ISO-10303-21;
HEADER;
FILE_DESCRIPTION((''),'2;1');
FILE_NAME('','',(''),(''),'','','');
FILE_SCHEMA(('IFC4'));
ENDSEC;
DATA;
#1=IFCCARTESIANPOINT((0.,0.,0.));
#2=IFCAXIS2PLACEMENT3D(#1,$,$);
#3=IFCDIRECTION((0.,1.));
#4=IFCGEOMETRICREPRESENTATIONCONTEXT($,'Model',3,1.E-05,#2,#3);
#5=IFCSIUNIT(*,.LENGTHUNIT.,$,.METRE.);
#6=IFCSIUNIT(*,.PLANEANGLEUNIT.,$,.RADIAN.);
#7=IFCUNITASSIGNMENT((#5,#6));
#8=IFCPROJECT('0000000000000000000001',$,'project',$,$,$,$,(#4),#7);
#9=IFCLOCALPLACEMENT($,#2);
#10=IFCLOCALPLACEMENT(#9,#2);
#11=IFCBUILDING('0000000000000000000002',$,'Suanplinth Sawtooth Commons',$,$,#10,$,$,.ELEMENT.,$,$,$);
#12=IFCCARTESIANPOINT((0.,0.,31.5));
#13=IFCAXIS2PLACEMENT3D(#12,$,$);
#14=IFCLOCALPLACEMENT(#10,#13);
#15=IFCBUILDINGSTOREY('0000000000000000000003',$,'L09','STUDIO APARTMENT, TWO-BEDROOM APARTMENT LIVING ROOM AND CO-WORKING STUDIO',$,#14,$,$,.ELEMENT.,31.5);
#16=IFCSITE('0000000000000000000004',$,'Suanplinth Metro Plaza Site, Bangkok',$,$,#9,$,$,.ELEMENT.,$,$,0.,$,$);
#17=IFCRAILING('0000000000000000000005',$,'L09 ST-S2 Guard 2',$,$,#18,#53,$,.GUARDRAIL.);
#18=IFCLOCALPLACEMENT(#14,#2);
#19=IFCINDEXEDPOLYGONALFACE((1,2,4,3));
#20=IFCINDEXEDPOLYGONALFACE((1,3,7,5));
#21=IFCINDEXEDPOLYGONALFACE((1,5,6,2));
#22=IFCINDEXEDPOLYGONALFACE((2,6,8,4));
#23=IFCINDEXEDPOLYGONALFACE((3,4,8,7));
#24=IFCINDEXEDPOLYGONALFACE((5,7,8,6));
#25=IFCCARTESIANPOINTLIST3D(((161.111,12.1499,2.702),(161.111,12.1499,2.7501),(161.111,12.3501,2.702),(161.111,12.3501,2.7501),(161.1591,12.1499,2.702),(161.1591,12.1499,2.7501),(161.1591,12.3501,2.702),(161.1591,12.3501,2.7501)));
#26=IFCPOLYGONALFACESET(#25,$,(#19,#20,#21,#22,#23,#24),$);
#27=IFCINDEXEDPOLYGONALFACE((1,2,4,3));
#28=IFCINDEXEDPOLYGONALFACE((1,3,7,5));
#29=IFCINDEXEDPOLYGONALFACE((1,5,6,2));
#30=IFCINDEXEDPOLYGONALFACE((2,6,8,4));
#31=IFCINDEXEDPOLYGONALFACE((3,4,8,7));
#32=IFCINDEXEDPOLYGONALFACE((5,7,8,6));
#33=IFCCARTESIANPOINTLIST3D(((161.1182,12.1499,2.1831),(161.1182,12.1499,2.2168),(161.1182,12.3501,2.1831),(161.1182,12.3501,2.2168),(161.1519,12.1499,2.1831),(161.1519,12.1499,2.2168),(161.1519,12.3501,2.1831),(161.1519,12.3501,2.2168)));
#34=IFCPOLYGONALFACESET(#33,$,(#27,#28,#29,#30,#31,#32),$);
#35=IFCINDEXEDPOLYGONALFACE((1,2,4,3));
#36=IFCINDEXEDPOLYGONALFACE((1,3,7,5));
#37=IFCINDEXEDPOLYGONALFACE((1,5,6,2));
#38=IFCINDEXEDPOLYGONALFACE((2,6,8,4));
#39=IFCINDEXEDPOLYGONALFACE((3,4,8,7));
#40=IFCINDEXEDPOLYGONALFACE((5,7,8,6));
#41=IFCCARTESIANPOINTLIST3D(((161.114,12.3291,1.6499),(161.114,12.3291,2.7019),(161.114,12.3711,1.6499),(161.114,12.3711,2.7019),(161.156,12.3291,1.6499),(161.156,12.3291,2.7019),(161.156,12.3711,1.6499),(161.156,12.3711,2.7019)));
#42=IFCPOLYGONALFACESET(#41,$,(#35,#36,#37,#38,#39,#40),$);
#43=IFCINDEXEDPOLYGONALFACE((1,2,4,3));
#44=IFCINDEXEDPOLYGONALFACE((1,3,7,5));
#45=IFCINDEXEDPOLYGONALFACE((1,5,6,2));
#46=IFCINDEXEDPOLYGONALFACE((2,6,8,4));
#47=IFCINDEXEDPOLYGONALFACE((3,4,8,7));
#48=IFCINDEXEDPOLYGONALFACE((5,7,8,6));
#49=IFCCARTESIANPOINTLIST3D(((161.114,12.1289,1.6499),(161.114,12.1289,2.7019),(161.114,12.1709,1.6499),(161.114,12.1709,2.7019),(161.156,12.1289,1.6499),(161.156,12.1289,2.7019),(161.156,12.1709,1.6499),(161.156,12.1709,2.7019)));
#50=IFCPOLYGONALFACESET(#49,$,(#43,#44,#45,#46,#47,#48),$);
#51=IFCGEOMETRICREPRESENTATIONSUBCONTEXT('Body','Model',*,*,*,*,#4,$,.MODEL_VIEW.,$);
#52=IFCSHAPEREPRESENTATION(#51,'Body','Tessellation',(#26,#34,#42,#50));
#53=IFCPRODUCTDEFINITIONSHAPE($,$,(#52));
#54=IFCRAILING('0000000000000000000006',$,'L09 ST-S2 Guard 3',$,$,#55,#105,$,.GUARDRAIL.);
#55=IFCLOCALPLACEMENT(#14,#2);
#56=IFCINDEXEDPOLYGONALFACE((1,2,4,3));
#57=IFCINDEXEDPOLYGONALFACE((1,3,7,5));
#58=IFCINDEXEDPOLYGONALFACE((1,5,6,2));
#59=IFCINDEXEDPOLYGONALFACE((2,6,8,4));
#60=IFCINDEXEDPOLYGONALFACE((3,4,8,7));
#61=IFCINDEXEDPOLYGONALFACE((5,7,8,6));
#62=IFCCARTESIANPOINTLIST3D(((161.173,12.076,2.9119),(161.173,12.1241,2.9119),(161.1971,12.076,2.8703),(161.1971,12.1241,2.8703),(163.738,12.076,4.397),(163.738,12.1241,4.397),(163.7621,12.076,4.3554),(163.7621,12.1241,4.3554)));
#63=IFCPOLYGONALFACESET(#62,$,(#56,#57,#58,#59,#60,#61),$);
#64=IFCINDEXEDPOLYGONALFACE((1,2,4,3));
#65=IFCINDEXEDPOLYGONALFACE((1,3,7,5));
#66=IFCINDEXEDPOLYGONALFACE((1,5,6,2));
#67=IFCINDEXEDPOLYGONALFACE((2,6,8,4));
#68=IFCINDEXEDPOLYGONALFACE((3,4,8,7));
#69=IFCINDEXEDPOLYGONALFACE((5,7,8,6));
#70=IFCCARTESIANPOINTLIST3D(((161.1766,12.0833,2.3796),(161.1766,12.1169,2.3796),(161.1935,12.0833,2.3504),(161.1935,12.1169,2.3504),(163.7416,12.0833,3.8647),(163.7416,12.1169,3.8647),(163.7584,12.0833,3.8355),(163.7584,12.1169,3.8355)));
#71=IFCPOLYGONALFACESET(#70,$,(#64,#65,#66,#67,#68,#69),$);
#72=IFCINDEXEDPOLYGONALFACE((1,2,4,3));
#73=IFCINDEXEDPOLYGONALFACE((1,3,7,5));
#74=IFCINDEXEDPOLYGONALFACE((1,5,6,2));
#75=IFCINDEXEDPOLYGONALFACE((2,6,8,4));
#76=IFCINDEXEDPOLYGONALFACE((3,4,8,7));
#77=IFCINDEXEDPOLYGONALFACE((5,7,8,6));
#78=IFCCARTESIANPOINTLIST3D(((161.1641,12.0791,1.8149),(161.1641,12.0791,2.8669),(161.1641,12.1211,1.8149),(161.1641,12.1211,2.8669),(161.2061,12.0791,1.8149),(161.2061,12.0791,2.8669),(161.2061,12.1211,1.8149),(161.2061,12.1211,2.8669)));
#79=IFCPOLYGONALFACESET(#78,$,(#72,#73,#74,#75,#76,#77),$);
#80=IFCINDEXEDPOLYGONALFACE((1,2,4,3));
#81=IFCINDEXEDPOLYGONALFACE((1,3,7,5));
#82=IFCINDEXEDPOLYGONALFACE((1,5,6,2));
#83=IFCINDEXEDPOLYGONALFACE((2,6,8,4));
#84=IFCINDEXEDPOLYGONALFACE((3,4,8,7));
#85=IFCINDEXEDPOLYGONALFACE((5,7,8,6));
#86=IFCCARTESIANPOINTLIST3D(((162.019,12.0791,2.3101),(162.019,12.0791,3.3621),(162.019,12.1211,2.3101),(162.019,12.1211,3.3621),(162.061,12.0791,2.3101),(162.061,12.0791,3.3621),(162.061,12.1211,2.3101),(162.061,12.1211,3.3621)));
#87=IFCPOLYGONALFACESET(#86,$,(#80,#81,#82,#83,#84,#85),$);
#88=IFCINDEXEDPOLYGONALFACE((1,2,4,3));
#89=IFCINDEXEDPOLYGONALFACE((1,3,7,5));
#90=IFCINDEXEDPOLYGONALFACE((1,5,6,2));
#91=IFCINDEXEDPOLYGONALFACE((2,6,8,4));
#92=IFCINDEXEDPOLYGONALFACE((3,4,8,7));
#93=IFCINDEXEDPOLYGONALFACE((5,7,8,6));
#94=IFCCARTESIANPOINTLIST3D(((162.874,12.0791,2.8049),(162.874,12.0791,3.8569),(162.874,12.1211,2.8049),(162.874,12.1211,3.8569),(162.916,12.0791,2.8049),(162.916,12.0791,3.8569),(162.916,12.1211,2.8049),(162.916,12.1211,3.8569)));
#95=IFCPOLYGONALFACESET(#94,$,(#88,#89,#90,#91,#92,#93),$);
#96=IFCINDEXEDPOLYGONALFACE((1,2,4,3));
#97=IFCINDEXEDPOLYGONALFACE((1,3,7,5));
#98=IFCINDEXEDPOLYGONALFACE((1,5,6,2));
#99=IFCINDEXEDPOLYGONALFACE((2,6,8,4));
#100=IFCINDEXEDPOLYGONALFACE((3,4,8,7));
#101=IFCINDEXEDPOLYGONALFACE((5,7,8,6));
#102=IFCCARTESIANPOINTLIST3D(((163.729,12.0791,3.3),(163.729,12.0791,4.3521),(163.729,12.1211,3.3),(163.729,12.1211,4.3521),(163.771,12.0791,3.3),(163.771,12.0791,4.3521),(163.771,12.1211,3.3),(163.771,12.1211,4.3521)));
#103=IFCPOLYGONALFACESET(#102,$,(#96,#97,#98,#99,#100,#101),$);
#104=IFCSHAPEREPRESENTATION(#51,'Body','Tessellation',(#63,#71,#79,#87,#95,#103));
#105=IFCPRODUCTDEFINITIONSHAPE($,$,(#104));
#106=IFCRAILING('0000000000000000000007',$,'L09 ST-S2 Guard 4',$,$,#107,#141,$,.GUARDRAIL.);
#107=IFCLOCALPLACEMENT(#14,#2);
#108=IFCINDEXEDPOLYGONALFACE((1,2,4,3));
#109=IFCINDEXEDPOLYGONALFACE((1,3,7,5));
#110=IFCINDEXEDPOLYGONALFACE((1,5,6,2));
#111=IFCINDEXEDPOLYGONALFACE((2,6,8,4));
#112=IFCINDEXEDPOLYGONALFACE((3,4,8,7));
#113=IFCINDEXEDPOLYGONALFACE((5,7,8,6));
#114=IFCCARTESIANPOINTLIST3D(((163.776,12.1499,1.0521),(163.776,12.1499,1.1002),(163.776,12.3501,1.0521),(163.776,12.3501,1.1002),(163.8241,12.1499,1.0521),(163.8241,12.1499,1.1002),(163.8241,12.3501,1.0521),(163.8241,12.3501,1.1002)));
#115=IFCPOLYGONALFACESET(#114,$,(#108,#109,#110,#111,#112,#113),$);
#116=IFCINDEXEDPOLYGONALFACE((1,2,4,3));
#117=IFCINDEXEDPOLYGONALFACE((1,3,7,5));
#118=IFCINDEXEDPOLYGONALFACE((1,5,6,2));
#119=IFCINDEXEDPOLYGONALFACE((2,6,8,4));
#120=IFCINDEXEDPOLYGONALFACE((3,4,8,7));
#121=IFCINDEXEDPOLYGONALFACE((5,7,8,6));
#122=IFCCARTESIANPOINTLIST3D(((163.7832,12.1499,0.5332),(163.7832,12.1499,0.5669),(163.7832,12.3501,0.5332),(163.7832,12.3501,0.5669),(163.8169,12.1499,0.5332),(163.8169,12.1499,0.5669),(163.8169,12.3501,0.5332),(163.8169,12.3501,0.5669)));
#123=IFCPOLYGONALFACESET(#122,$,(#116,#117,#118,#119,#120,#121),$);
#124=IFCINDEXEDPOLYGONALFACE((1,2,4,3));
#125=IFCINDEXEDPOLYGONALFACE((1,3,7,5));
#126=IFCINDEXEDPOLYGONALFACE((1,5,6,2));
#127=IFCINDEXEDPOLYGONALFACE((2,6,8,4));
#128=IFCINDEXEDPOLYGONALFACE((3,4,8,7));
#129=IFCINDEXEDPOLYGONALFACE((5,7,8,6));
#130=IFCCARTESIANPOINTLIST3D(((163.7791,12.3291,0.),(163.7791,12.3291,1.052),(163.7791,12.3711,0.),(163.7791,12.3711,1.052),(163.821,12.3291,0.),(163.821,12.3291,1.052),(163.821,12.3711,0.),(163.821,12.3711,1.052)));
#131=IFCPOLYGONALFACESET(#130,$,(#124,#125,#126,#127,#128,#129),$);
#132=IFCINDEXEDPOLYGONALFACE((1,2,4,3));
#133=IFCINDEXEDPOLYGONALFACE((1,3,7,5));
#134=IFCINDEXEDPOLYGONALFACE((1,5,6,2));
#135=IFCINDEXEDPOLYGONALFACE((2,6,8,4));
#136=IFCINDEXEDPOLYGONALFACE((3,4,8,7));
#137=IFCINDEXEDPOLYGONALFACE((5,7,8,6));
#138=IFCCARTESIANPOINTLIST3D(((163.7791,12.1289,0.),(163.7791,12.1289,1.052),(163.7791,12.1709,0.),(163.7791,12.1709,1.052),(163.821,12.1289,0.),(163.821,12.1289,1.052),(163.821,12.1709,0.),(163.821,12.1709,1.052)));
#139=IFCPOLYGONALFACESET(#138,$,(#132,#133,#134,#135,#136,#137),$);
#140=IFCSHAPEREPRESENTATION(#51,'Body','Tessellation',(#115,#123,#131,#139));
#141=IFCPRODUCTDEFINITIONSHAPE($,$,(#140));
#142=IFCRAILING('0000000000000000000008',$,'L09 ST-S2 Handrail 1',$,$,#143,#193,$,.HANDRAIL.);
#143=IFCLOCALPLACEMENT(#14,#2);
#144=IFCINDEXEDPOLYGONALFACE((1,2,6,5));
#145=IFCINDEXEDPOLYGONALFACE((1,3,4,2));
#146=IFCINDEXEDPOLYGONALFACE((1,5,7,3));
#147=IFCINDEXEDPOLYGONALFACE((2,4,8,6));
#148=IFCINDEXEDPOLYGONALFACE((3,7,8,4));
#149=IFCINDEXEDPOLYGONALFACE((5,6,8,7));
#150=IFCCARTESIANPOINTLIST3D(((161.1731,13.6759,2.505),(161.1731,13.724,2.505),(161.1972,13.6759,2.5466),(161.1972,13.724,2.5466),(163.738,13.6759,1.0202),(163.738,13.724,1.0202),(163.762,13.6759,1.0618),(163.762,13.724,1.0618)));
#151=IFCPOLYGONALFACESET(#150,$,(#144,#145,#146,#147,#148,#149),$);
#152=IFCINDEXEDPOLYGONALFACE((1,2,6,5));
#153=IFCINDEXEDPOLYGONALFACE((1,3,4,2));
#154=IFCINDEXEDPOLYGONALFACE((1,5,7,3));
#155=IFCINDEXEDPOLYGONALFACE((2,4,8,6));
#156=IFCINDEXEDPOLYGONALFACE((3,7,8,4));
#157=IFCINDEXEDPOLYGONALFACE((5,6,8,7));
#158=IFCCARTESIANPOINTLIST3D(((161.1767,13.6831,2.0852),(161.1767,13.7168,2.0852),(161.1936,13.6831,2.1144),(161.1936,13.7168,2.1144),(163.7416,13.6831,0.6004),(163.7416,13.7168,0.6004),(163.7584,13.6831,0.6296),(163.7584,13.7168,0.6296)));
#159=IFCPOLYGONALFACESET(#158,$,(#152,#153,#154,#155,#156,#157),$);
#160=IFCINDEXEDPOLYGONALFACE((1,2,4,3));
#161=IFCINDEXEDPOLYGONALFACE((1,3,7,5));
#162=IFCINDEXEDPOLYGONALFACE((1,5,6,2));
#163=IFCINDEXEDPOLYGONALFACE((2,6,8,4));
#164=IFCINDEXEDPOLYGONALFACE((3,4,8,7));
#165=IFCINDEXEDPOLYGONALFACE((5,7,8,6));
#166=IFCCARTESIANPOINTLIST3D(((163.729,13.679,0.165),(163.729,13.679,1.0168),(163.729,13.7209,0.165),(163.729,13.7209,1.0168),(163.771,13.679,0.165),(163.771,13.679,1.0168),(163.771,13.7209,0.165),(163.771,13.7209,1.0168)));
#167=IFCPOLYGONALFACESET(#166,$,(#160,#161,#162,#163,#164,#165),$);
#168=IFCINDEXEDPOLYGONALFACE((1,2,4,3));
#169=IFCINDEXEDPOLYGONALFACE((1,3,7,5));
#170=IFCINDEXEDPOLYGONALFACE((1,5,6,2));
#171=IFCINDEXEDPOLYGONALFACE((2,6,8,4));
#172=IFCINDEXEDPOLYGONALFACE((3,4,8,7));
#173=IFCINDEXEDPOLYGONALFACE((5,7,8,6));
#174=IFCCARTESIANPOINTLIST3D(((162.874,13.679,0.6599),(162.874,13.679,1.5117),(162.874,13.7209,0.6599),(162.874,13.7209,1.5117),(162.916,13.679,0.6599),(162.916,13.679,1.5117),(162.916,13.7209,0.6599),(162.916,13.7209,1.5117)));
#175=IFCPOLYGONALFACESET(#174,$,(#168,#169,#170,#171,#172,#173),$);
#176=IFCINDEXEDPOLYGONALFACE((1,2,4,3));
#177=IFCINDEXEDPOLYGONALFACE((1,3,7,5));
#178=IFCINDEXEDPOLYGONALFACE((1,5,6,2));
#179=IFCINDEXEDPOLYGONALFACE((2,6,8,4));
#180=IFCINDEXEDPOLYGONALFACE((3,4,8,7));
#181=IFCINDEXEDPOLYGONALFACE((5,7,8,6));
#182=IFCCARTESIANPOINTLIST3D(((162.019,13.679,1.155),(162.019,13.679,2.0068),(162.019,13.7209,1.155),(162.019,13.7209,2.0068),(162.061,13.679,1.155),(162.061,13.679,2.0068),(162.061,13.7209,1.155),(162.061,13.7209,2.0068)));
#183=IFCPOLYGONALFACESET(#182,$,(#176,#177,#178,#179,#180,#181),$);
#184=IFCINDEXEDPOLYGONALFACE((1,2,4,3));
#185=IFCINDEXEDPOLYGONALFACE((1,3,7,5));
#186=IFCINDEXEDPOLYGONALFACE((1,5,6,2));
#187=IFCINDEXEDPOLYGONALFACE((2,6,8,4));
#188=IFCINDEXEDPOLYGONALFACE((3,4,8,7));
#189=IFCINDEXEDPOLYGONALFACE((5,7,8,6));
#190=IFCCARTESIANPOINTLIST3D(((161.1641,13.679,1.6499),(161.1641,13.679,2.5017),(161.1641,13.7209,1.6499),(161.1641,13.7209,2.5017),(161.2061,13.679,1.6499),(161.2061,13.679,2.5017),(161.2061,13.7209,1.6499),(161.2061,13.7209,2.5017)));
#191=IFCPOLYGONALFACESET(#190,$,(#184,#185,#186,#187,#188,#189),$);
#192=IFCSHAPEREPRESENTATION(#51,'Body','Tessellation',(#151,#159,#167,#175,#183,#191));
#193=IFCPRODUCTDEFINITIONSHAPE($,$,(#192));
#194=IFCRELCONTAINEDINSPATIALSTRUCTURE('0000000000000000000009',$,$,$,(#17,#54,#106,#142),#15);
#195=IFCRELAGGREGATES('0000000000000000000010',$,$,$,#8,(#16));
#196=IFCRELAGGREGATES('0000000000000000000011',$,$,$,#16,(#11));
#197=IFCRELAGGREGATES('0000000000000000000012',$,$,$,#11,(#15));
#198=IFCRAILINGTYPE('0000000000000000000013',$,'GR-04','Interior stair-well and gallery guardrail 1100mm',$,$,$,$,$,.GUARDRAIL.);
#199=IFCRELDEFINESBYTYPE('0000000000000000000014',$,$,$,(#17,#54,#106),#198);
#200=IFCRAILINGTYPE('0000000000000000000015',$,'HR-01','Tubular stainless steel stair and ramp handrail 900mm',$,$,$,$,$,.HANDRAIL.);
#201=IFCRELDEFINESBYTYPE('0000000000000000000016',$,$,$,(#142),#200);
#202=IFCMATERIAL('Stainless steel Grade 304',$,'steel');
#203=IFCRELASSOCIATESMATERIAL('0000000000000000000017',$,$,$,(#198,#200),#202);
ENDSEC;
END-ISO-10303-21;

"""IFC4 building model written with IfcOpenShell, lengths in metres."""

from ifc_helpers import new_model, si_unit, direction, frame, origin, origin_2d, place, context, subcontext, project, spatial, rectangle, extrude, material, type_object, element, save


model = new_model("IFC4")

# Units and contexts
model_context = context("Model", 3, precision=1e-05, world=origin(), true_north=direction((0.0, 1.0)))
body_context = subcontext(model_context, "Body", "Model", "MODEL_VIEW")
ifc_project = project(units=[si_unit("LENGTHUNIT", "METRE"), si_unit("PLANEANGLEUNIT", "RADIAN")], contexts=[model_context])

# Site, building, storey
site_placement = place(None, origin())
site = spatial("IfcSite", under=ifc_project, at=site_placement, Name="Suanplinth Metro Plaza Site, Bangkok", CompositionType="ELEMENT", RefElevation=0.0)
building_placement = place(site_placement, origin())
building = spatial("IfcBuilding", under=site, at=building_placement, Name="Suanplinth Sawtooth Commons", CompositionType="ELEMENT")
storey_placement = place(building_placement, frame((0.0, 0.0, 31.5)))
storey = spatial("IfcBuildingStorey", under=building, at=storey_placement, Name="L09", Description="STUDIO APARTMENT, TWO-BEDROOM APARTMENT LIVING ROOM AND CO-WORKING STUDIO", CompositionType="ELEMENT", Elevation=31.5)

# Railings
ifc_material_1 = material(Name="Stainless steel Grade 304", Category="steel")
railing_type_1 = type_object("IfcRailingType", Name="GR-04", Description="Interior stair-well and gallery guardrail 1100mm", PredefinedType="GUARDRAIL", material=ifc_material_1)
railing_1_placement = place(storey_placement, frame((161.135, 12.3501, 1.6499)))
element("IfcRailing", 1, at=railing_1_placement, inside=storey, type_object=railing_type_1, Name="L09 ST-S2 Guard 2", PredefinedType="GUARDRAIL", context=body_context, shape_type="SweptSolid", body=[
    extrude(rectangle(XDim=0.0481, YDim=0.0481, at=origin_2d()), frame((0.0, 0.0, 1.0762), z_axis=(0.0, -1.0, 0.0), x_axis=(1.0, 0.0, 0.0)), (0.0, 0.0, 1.0), 0.2002),
    extrude(rectangle(XDim=0.0337, YDim=0.0337, at=origin_2d()), frame((0.0, 0.0, 0.55), z_axis=(0.0, -1.0, 0.0), x_axis=(1.0, 0.0, 0.0)), (0.0, 0.0, 1.0), 0.2002),
    extrude(rectangle(XDim=0.042, YDim=0.042, at=origin_2d()), origin(), (0.0, 0.0, 1.0), 1.052),
    extrude(rectangle(XDim=0.042, YDim=0.042, at=origin_2d()), frame((0.0, -0.2002, 0.0)), (0.0, 0.0, 1.0), 1.052),
])
railing_2_placement = place(storey_placement, frame((161.1851, 12.1001, 1.8149)))
element("IfcRailing", 2, at=railing_2_placement, inside=storey, type_object=railing_type_1, Name="L09 ST-S2 Guard 3", PredefinedType="GUARDRAIL", context=body_context, shape_type="SweptSolid", body=[
    extrude(rectangle(XDim=0.0481, YDim=0.0481, at=origin_2d()), frame((0.0, 0.0, 1.0762), z_axis=(0.865406, 0.0, 0.501072), x_axis=(0.0, 1.0, 0.0)), (0.0, 0.0, 1.0), 2.9639),
    extrude(rectangle(XDim=0.0337, YDim=0.0337, at=origin_2d()), frame((0.0, 0.0, 0.55), z_axis=(0.865406, 0.0, 0.501072), x_axis=(0.0, 1.0, 0.0)), (0.0, 0.0, 1.0), 2.9639),
    extrude(rectangle(XDim=0.042, YDim=0.042, at=origin_2d()), origin(), (0.0, 0.0, 1.0), 1.052),
    extrude(rectangle(XDim=0.042, YDim=0.042, at=origin_2d()), frame((0.855, 0.0, 0.4951)), (0.0, 0.0, 1.0), 1.052),
    extrude(rectangle(XDim=0.042, YDim=0.042, at=origin_2d()), frame((1.71, 0.0, 0.99)), (0.0, 0.0, 1.0), 1.052),
    extrude(rectangle(XDim=0.042, YDim=0.042, at=origin_2d()), frame((2.5649, 0.0, 1.4851)), (0.0, 0.0, 1.0), 1.052),
])
railing_3_placement = place(storey_placement, frame((163.8, 12.3501, 0.0)))
element("IfcRailing", 3, at=railing_3_placement, inside=storey, type_object=railing_type_1, Name="L09 ST-S2 Guard 4", PredefinedType="GUARDRAIL", context=body_context, shape_type="SweptSolid", body=[
    extrude(rectangle(XDim=0.0481, YDim=0.0481, at=origin_2d()), frame((0.0, 0.0, 1.0762), z_axis=(0.0, -1.0, 0.0), x_axis=(1.0, 0.0, 0.0)), (0.0, 0.0, 1.0), 0.2002),
    extrude(rectangle(XDim=0.0337, YDim=0.0337, at=origin_2d()), frame((0.0, 0.0, 0.55), z_axis=(0.0, -1.0, 0.0), x_axis=(1.0, 0.0, 0.0)), (0.0, 0.0, 1.0), 0.2002),
    extrude(rectangle(XDim=0.042, YDim=0.042, at=origin_2d()), origin(), (0.0, 0.0, 1.0), 1.052),
    extrude(rectangle(XDim=0.042, YDim=0.042, at=origin_2d()), frame((0.0, -0.2002, 0.0)), (0.0, 0.0, 1.0), 1.052),
])
railing_type_2 = type_object("IfcRailingType", Name="HR-01", Description="Tubular stainless steel stair and ramp handrail 900mm", PredefinedType="HANDRAIL", material=ifc_material_1)
railing_4_placement = place(storey_placement, frame((163.75, 13.7, 0.165)))
element("IfcRailing", 4, at=railing_4_placement, inside=storey, type_object=railing_type_2, Name="L09 ST-S2 Handrail 1", PredefinedType="HANDRAIL", context=body_context, shape_type="SweptSolid", body=[
    extrude(rectangle(XDim=0.0481, YDim=0.0481, at=origin_2d()), frame((0.0, 0.0, 0.876), z_axis=(-0.865441, 0.0, 0.50101), x_axis=(0.0, -1.0, 0.0)), (0.0, 0.0, 1.0), 2.9636),
    extrude(rectangle(XDim=0.0337, YDim=0.0337, at=origin_2d()), frame((0.0, 0.0, 0.45), z_axis=(-0.865441, 0.0, 0.50101), x_axis=(0.0, -1.0, 0.0)), (0.0, 0.0, 1.0), 2.9636),
    extrude(rectangle(XDim=0.042, YDim=0.042, at=origin_2d()), origin(), (0.0, 0.0, 1.0), 0.8518),
    extrude(rectangle(XDim=0.042, YDim=0.042, at=origin_2d()), frame((-0.855, 0.0, 0.4949)), (0.0, 0.0, 1.0), 0.8518),
    extrude(rectangle(XDim=0.042, YDim=0.042, at=origin_2d()), frame((-1.71, 0.0, 0.99)), (0.0, 0.0, 1.0), 0.8518),
    extrude(rectangle(XDim=0.042, YDim=0.042, at=origin_2d()), frame((-2.5649, 0.0, 1.4849)), (0.0, 0.0, 1.0), 0.8518),
])

save(model, "model.ifc")
